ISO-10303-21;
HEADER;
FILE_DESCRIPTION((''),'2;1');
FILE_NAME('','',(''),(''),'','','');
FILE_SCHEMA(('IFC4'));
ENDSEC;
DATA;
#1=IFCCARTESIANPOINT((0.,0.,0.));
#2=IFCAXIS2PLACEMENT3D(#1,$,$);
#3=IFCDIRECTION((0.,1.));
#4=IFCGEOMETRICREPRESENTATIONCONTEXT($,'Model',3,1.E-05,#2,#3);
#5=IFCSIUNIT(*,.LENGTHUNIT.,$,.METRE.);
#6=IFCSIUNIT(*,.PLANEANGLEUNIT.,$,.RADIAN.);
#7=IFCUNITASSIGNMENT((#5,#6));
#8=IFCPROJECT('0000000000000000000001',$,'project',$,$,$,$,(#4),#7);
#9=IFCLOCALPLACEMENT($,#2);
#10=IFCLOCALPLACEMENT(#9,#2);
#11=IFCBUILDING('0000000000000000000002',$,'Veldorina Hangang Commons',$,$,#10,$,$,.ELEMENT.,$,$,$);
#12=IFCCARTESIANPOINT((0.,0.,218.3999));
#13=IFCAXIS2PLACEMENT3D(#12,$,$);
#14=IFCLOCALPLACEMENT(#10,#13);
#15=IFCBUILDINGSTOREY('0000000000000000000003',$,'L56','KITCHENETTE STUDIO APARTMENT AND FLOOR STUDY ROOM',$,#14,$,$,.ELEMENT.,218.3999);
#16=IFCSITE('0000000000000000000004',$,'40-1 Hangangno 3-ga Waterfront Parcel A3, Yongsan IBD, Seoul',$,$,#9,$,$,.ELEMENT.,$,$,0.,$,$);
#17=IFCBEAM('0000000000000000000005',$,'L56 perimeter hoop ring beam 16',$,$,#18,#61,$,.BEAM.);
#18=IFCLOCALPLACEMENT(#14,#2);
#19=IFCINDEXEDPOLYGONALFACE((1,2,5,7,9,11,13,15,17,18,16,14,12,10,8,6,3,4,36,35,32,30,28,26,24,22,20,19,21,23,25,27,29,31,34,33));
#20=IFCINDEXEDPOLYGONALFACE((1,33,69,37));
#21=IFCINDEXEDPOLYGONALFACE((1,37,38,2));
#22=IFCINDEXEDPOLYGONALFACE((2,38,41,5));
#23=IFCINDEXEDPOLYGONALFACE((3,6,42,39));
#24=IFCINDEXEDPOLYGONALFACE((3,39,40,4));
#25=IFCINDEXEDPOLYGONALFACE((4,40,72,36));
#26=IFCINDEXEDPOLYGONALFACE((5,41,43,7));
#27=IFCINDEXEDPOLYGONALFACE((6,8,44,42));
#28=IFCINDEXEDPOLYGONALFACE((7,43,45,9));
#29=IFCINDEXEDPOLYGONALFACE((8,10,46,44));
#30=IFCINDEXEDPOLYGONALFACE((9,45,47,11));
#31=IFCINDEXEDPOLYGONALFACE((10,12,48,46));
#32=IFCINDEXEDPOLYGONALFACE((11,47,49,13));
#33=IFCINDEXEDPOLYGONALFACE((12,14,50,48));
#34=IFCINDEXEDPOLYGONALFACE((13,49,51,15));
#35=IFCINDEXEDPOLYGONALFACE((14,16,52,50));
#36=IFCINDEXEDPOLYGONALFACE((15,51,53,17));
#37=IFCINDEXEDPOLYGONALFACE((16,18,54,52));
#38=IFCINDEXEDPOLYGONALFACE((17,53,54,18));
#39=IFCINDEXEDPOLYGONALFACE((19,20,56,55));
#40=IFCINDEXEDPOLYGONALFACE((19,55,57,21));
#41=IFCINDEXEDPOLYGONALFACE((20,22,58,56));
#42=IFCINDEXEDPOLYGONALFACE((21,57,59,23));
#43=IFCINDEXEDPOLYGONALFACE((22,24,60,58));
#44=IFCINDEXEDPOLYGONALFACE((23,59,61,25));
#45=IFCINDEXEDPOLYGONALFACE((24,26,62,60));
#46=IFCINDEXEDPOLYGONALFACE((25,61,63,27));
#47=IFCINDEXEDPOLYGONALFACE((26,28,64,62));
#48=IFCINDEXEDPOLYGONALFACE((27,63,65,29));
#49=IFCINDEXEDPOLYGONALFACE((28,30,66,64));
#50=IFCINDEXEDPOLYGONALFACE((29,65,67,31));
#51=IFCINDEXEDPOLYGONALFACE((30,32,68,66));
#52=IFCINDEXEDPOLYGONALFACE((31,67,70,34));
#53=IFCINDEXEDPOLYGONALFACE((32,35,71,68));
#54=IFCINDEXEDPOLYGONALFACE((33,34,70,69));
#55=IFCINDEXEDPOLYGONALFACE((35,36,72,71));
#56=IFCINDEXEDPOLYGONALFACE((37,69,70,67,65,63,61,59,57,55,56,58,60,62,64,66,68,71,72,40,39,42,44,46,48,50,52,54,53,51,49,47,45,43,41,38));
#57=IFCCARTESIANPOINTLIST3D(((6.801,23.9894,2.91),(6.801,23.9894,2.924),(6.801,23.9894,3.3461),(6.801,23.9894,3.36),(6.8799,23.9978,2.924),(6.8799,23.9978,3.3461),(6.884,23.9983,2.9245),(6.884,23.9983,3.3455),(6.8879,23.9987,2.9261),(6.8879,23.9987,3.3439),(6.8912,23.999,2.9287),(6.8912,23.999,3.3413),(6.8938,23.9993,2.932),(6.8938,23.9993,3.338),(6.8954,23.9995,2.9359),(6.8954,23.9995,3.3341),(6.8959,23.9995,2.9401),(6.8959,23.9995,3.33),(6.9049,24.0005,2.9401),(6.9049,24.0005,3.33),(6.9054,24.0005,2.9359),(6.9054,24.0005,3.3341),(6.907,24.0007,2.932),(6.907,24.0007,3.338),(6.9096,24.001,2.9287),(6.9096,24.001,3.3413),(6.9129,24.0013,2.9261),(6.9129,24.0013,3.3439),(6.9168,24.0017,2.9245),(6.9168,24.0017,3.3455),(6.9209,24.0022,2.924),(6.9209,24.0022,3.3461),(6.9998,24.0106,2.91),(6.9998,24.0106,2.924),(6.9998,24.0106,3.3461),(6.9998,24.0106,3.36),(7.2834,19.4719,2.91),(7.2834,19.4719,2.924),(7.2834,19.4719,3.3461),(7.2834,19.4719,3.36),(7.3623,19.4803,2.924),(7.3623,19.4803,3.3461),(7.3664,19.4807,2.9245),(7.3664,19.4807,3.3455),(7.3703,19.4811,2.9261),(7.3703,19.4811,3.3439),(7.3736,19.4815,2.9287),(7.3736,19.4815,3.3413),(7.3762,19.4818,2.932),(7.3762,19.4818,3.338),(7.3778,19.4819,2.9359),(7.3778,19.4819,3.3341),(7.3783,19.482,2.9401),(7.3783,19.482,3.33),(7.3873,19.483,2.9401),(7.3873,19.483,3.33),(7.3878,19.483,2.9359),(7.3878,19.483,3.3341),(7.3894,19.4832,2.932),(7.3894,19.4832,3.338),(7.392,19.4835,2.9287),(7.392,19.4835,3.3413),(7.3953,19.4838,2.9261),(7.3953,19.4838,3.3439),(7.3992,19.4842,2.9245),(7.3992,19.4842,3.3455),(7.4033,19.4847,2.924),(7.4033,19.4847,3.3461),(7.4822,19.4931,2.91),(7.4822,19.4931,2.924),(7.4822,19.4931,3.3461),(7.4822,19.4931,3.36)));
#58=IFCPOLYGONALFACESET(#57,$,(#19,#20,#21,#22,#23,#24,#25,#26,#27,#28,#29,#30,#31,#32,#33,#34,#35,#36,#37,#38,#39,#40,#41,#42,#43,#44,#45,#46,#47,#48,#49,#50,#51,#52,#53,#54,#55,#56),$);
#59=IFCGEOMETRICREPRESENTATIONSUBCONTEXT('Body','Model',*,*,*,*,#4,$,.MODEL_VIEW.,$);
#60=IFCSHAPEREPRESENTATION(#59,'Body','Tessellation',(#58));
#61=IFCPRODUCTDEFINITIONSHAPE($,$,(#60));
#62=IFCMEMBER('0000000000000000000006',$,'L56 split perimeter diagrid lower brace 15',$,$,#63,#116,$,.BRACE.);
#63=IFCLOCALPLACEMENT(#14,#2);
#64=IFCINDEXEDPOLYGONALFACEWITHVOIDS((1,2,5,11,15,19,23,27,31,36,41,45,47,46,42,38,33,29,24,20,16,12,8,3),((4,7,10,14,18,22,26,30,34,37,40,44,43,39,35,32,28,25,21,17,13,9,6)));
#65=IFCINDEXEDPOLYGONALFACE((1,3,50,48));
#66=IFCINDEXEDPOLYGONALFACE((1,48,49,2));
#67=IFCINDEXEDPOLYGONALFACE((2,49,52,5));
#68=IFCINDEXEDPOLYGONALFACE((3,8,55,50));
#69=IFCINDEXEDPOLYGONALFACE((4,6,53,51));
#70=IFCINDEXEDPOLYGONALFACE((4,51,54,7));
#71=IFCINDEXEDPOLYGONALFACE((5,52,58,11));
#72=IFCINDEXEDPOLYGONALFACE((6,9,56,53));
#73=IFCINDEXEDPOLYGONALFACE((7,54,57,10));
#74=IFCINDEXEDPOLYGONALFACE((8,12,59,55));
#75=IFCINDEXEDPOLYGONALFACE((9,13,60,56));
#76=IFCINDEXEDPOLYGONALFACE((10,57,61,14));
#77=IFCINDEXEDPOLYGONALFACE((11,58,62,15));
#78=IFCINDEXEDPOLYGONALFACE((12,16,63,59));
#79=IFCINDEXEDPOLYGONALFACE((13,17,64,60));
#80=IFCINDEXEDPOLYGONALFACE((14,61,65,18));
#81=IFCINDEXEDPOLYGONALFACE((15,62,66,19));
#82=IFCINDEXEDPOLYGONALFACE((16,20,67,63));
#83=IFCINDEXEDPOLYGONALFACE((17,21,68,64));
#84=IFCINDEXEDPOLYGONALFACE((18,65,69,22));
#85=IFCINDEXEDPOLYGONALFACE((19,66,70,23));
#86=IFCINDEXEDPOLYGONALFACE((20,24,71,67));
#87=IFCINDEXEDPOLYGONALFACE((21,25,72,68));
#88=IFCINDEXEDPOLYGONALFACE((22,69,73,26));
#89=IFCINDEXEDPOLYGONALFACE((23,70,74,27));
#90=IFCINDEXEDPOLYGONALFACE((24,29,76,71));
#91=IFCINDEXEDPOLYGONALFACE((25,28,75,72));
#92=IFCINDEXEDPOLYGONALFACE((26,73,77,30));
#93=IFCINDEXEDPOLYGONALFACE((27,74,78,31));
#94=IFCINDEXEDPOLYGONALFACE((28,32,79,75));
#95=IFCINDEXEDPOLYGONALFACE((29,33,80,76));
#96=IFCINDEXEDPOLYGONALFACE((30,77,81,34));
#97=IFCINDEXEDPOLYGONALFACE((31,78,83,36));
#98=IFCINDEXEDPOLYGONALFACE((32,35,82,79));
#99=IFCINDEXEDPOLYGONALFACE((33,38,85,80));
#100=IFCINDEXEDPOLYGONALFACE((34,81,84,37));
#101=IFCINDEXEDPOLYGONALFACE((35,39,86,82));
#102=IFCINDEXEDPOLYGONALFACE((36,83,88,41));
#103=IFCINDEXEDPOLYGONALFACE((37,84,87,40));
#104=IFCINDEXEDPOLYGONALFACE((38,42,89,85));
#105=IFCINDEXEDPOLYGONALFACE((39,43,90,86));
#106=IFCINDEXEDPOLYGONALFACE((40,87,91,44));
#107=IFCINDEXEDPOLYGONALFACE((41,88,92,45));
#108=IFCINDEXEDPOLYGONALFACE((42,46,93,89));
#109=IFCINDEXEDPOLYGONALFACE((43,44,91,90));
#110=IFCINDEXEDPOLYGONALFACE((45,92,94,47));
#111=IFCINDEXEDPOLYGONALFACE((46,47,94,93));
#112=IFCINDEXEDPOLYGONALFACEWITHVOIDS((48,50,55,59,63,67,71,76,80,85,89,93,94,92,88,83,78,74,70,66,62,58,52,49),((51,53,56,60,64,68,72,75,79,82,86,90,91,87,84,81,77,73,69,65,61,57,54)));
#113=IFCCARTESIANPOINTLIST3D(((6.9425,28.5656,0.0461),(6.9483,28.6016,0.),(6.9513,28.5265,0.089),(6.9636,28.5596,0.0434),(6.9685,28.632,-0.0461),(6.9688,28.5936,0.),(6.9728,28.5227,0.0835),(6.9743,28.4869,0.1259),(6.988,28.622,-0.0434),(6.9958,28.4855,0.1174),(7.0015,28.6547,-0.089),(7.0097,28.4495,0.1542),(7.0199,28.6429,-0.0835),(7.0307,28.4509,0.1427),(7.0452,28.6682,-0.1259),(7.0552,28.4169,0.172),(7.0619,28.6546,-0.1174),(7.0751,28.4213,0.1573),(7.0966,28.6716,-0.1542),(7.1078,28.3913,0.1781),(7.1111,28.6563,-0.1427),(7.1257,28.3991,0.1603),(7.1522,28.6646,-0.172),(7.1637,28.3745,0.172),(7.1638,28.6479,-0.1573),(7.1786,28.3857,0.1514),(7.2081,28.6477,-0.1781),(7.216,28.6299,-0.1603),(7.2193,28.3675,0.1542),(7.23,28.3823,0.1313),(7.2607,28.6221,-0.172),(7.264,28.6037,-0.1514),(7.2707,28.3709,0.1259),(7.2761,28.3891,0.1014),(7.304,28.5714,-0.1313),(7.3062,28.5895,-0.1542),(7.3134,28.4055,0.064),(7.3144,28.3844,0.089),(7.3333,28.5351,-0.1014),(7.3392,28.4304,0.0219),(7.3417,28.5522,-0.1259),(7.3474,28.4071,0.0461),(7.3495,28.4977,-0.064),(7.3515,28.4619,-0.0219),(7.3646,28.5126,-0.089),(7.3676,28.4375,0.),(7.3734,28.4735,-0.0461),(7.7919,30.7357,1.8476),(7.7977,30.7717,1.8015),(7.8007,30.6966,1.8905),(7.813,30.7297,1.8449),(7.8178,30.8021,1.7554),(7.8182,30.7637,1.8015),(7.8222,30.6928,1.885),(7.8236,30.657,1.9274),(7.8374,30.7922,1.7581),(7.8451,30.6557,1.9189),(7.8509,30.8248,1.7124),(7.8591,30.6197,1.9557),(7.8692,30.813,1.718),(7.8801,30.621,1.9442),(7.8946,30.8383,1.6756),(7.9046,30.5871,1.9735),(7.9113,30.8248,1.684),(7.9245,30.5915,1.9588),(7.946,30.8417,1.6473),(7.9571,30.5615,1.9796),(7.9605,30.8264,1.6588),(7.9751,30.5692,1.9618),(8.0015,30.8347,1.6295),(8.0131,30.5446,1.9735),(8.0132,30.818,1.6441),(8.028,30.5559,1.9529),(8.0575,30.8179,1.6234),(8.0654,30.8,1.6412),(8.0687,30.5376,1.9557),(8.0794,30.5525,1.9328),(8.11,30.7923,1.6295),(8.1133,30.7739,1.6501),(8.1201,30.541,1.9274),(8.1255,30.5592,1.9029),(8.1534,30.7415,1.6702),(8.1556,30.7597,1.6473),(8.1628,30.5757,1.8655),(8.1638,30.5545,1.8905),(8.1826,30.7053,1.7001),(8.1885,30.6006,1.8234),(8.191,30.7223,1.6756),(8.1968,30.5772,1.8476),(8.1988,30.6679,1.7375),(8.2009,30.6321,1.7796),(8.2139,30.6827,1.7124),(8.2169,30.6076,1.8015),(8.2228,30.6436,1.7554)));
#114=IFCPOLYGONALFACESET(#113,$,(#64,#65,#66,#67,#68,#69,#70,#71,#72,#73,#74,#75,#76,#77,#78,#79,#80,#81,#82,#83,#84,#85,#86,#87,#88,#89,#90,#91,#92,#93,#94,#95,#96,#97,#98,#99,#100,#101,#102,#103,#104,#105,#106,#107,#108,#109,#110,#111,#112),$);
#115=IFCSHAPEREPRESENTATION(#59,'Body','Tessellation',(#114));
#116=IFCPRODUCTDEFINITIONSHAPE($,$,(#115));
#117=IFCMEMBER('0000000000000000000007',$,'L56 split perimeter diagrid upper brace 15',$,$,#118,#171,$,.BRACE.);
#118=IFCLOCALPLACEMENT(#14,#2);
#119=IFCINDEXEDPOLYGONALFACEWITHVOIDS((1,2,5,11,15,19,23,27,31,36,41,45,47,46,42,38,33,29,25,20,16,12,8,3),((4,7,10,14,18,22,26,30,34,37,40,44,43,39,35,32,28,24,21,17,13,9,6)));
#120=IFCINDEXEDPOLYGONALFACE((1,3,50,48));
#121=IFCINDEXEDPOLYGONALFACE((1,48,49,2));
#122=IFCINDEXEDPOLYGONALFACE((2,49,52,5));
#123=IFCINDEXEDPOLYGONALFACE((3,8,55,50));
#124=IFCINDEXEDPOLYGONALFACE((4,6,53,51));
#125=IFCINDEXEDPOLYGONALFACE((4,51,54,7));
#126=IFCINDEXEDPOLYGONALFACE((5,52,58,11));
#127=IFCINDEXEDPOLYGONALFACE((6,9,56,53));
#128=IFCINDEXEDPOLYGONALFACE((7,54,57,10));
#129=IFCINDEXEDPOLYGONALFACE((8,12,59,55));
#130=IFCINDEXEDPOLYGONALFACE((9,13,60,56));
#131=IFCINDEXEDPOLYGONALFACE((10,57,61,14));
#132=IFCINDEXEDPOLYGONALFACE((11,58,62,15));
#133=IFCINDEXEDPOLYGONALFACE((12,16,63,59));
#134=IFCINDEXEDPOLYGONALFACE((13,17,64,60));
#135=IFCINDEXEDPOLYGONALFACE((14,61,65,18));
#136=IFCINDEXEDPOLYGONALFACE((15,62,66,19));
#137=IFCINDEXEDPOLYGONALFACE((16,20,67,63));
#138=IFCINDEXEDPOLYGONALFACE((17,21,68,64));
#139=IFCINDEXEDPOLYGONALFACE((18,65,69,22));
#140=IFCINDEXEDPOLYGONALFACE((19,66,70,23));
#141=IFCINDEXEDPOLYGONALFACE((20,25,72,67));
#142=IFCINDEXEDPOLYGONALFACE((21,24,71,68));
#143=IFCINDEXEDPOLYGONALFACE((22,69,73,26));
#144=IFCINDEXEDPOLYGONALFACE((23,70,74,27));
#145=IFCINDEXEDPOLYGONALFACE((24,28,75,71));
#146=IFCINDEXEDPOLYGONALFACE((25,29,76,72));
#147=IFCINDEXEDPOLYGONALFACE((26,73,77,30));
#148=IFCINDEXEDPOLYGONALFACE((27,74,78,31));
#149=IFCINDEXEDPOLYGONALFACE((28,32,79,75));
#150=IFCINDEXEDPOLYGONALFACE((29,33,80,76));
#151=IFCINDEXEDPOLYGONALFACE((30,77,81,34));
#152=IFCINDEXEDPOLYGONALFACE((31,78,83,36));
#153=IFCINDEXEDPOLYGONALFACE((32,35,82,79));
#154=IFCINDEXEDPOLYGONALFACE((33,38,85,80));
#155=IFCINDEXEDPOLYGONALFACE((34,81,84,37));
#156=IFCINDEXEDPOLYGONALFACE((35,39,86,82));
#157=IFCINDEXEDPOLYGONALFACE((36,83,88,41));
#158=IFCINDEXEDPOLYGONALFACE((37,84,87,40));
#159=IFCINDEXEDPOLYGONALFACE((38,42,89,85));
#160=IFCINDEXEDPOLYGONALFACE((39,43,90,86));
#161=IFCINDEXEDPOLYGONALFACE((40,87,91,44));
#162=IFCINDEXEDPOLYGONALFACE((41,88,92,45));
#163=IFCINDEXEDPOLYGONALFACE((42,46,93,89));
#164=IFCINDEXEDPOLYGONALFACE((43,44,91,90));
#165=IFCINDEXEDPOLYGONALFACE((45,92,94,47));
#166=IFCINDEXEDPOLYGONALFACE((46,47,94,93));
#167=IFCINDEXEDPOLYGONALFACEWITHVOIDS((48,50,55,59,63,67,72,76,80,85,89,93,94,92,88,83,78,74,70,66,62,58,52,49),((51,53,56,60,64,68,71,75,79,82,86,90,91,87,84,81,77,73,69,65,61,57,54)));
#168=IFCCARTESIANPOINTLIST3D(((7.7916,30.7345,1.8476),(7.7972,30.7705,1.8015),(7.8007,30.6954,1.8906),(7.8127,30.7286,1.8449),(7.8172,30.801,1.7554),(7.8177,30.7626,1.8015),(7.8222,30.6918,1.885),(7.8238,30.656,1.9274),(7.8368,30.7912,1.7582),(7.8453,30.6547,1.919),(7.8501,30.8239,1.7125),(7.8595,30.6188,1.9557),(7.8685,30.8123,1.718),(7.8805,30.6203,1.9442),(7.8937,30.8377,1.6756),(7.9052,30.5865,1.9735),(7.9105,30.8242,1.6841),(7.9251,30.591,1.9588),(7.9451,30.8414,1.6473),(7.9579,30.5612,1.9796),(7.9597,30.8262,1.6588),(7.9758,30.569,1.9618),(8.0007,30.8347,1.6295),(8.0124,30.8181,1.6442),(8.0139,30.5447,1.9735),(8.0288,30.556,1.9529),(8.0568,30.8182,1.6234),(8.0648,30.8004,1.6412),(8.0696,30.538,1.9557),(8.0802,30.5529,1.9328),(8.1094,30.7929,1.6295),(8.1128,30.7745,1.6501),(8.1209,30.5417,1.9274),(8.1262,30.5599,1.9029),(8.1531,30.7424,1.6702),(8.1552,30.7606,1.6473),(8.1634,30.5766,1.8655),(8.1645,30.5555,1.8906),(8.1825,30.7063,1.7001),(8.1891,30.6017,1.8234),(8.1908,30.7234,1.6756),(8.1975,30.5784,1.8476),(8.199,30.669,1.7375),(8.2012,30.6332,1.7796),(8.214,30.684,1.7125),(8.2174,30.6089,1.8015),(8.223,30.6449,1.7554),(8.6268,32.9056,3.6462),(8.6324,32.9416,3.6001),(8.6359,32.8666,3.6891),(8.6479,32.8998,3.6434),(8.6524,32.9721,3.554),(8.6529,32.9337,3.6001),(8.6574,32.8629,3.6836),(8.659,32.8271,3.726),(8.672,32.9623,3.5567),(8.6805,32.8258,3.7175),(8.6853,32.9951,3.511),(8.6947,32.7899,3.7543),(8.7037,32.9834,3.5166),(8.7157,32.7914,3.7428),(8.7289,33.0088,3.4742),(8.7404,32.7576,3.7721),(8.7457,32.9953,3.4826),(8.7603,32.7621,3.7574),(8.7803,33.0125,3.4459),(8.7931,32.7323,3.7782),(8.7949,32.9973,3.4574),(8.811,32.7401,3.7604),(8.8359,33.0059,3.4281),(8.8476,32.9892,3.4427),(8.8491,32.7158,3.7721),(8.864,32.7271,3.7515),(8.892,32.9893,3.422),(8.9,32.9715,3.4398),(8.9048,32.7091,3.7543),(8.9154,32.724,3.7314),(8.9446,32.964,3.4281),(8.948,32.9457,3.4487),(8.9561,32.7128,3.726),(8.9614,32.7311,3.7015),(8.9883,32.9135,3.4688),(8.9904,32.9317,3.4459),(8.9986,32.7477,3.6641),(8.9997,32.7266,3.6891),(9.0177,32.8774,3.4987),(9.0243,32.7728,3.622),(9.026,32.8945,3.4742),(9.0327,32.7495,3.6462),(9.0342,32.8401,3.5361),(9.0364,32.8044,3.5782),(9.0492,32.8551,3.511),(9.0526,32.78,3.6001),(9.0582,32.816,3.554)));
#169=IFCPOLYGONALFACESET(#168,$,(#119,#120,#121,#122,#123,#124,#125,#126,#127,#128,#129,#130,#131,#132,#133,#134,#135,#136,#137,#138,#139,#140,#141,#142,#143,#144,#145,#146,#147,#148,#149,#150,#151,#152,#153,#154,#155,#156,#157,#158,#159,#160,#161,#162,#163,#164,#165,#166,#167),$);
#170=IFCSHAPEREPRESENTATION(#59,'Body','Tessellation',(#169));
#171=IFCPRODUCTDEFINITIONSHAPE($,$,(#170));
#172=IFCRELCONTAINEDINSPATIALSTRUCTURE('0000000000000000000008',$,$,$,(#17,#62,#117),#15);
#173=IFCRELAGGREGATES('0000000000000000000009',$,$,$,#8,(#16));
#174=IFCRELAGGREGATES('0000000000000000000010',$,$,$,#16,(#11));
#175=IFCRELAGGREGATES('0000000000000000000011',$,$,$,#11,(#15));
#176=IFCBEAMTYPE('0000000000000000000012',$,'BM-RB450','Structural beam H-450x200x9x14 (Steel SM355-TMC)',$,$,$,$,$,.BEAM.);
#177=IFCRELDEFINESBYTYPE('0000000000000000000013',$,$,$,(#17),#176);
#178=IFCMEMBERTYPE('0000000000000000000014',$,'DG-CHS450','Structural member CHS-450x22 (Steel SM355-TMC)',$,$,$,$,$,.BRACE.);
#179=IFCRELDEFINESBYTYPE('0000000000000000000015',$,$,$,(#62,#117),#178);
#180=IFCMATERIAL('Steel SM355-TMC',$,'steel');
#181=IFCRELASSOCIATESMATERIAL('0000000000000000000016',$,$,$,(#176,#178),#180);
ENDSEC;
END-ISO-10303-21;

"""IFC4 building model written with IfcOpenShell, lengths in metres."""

from ifc_helpers import new_model, si_unit, direction, frame, origin, origin_2d, place, context, subcontext, project, spatial, hollow_circle, i_section, extrude, material, material_profile, profile_set, type_object, element, save


model = new_model("IFC4")

# Units and contexts
model_context = context("Model", 3, precision=1e-05, world=origin(), true_north=direction((0.0, 1.0)))
body_context = subcontext(model_context, "Body", "Model", "MODEL_VIEW")
ifc_project = project(units=[si_unit("LENGTHUNIT", "METRE"), si_unit("PLANEANGLEUNIT", "RADIAN")], contexts=[model_context])

# Site, building, storey
site_placement = place(None, origin())
site = spatial("IfcSite", under=ifc_project, at=site_placement, Name="40-1 Hangangno 3-ga Waterfront Parcel A3, Yongsan IBD, Seoul", CompositionType="ELEMENT", RefElevation=0.0)
building_placement = place(site_placement, origin())
building = spatial("IfcBuilding", under=site, at=building_placement, Name="Veldorina Hangang Commons", CompositionType="ELEMENT")
storey_placement = place(building_placement, frame((0.0, 0.0, 218.3999)))
storey = spatial("IfcBuildingStorey", under=building, at=storey_placement, Name="L56", Description="KITCHENETTE STUDIO APARTMENT AND FLOOR STUDY ROOM", CompositionType="ELEMENT", Elevation=218.3999)

# Beam
ifc_material_1 = material(Name="Steel SM355-TMC", Category="steel")
ifc_material_profile_1 = material_profile(ifc_material_1, i_section(OverallWidth=0.2, OverallDepth=0.45, WebThickness=0.009, FlangeThickness=0.0139, FilletRadius=0.0161, at=origin_2d()), Name="H-450x200x9x14")
ifc_profile_set_1 = profile_set([ifc_material_profile_1], Name="Steel SM355-TMC")
beam_type_1 = type_object("IfcBeamType", Name="BM-RB450", Description="Structural beam H-450x200x9x14 (Steel SM355-TMC)", PredefinedType="BEAM", material=ifc_profile_set_1)
for number, where, z_axis, x_axis, name in (
    (1, (6.9004, 24.0, 3.135), (0.106184, -0.994346, 0.0), (0.994346, 0.106184, 0.0), "L56 perimeter hoop ring beam 16"),
):
    element("IfcBeam", number, at=place(storey_placement, frame(where, z_axis=z_axis, x_axis=x_axis)), inside=storey, type_object=beam_type_1, Name=name, PredefinedType="BEAM", context=body_context, shape_type="SweptSolid", body=[
        extrude(i_section(OverallWidth=0.2, OverallDepth=0.45, WebThickness=0.009, FlangeThickness=0.0139, FilletRadius=0.0161, at=origin_2d()), origin(), (0.0, 0.0, 1.0), 4.5432),
    ])

# Members
ifc_material_profile_2 = material_profile(ifc_material_1, hollow_circle(Radius=0.2251, WallThickness=0.022, at=origin_2d()), Name="CHS-450x22")
ifc_profile_set_2 = profile_set([ifc_material_profile_2], Name="Steel SM355-TMC")
member_type_1 = type_object("IfcMemberType", Name="DG-CHS450", Description="Structural member CHS-450x22 (Steel SM355-TMC)", PredefinedType="BRACE", material=ifc_profile_set_2)
member_1_placement = place(storey_placement, frame((7.158, 28.5195, 0.0), z_axis=(0.288352, 0.736751, 0.611597), x_axis=(-0.931218, 0.364463, 0.0)))
element("IfcMember", 2, at=member_1_placement, inside=storey, type_object=member_type_1, Name="L56 split perimeter diagrid lower brace 15", PredefinedType="BRACE", context=body_context, shape_type="SweptSolid", body=[
    extrude(hollow_circle(Radius=0.2251, WallThickness=0.022, at=origin_2d()), origin(), (0.0, 0.0, 1.0), 2.9456),
])
member_2_placement = place(storey_placement, frame((8.0073, 30.6897, 1.8015), z_axis=(0.284038, 0.738367, 0.611667), x_axis=(-0.933324, 0.359035, 0.0)))
element("IfcMember", 3, at=member_2_placement, inside=storey, type_object=member_type_1, Name="L56 split perimeter diagrid upper brace 15", PredefinedType="BRACE", context=body_context, shape_type="SweptSolid", body=[
    extrude(hollow_circle(Radius=0.2251, WallThickness=0.022, at=origin_2d()), origin(), (0.0, 0.0, 1.0), 2.9404),
])

save(model, "model.ifc")
